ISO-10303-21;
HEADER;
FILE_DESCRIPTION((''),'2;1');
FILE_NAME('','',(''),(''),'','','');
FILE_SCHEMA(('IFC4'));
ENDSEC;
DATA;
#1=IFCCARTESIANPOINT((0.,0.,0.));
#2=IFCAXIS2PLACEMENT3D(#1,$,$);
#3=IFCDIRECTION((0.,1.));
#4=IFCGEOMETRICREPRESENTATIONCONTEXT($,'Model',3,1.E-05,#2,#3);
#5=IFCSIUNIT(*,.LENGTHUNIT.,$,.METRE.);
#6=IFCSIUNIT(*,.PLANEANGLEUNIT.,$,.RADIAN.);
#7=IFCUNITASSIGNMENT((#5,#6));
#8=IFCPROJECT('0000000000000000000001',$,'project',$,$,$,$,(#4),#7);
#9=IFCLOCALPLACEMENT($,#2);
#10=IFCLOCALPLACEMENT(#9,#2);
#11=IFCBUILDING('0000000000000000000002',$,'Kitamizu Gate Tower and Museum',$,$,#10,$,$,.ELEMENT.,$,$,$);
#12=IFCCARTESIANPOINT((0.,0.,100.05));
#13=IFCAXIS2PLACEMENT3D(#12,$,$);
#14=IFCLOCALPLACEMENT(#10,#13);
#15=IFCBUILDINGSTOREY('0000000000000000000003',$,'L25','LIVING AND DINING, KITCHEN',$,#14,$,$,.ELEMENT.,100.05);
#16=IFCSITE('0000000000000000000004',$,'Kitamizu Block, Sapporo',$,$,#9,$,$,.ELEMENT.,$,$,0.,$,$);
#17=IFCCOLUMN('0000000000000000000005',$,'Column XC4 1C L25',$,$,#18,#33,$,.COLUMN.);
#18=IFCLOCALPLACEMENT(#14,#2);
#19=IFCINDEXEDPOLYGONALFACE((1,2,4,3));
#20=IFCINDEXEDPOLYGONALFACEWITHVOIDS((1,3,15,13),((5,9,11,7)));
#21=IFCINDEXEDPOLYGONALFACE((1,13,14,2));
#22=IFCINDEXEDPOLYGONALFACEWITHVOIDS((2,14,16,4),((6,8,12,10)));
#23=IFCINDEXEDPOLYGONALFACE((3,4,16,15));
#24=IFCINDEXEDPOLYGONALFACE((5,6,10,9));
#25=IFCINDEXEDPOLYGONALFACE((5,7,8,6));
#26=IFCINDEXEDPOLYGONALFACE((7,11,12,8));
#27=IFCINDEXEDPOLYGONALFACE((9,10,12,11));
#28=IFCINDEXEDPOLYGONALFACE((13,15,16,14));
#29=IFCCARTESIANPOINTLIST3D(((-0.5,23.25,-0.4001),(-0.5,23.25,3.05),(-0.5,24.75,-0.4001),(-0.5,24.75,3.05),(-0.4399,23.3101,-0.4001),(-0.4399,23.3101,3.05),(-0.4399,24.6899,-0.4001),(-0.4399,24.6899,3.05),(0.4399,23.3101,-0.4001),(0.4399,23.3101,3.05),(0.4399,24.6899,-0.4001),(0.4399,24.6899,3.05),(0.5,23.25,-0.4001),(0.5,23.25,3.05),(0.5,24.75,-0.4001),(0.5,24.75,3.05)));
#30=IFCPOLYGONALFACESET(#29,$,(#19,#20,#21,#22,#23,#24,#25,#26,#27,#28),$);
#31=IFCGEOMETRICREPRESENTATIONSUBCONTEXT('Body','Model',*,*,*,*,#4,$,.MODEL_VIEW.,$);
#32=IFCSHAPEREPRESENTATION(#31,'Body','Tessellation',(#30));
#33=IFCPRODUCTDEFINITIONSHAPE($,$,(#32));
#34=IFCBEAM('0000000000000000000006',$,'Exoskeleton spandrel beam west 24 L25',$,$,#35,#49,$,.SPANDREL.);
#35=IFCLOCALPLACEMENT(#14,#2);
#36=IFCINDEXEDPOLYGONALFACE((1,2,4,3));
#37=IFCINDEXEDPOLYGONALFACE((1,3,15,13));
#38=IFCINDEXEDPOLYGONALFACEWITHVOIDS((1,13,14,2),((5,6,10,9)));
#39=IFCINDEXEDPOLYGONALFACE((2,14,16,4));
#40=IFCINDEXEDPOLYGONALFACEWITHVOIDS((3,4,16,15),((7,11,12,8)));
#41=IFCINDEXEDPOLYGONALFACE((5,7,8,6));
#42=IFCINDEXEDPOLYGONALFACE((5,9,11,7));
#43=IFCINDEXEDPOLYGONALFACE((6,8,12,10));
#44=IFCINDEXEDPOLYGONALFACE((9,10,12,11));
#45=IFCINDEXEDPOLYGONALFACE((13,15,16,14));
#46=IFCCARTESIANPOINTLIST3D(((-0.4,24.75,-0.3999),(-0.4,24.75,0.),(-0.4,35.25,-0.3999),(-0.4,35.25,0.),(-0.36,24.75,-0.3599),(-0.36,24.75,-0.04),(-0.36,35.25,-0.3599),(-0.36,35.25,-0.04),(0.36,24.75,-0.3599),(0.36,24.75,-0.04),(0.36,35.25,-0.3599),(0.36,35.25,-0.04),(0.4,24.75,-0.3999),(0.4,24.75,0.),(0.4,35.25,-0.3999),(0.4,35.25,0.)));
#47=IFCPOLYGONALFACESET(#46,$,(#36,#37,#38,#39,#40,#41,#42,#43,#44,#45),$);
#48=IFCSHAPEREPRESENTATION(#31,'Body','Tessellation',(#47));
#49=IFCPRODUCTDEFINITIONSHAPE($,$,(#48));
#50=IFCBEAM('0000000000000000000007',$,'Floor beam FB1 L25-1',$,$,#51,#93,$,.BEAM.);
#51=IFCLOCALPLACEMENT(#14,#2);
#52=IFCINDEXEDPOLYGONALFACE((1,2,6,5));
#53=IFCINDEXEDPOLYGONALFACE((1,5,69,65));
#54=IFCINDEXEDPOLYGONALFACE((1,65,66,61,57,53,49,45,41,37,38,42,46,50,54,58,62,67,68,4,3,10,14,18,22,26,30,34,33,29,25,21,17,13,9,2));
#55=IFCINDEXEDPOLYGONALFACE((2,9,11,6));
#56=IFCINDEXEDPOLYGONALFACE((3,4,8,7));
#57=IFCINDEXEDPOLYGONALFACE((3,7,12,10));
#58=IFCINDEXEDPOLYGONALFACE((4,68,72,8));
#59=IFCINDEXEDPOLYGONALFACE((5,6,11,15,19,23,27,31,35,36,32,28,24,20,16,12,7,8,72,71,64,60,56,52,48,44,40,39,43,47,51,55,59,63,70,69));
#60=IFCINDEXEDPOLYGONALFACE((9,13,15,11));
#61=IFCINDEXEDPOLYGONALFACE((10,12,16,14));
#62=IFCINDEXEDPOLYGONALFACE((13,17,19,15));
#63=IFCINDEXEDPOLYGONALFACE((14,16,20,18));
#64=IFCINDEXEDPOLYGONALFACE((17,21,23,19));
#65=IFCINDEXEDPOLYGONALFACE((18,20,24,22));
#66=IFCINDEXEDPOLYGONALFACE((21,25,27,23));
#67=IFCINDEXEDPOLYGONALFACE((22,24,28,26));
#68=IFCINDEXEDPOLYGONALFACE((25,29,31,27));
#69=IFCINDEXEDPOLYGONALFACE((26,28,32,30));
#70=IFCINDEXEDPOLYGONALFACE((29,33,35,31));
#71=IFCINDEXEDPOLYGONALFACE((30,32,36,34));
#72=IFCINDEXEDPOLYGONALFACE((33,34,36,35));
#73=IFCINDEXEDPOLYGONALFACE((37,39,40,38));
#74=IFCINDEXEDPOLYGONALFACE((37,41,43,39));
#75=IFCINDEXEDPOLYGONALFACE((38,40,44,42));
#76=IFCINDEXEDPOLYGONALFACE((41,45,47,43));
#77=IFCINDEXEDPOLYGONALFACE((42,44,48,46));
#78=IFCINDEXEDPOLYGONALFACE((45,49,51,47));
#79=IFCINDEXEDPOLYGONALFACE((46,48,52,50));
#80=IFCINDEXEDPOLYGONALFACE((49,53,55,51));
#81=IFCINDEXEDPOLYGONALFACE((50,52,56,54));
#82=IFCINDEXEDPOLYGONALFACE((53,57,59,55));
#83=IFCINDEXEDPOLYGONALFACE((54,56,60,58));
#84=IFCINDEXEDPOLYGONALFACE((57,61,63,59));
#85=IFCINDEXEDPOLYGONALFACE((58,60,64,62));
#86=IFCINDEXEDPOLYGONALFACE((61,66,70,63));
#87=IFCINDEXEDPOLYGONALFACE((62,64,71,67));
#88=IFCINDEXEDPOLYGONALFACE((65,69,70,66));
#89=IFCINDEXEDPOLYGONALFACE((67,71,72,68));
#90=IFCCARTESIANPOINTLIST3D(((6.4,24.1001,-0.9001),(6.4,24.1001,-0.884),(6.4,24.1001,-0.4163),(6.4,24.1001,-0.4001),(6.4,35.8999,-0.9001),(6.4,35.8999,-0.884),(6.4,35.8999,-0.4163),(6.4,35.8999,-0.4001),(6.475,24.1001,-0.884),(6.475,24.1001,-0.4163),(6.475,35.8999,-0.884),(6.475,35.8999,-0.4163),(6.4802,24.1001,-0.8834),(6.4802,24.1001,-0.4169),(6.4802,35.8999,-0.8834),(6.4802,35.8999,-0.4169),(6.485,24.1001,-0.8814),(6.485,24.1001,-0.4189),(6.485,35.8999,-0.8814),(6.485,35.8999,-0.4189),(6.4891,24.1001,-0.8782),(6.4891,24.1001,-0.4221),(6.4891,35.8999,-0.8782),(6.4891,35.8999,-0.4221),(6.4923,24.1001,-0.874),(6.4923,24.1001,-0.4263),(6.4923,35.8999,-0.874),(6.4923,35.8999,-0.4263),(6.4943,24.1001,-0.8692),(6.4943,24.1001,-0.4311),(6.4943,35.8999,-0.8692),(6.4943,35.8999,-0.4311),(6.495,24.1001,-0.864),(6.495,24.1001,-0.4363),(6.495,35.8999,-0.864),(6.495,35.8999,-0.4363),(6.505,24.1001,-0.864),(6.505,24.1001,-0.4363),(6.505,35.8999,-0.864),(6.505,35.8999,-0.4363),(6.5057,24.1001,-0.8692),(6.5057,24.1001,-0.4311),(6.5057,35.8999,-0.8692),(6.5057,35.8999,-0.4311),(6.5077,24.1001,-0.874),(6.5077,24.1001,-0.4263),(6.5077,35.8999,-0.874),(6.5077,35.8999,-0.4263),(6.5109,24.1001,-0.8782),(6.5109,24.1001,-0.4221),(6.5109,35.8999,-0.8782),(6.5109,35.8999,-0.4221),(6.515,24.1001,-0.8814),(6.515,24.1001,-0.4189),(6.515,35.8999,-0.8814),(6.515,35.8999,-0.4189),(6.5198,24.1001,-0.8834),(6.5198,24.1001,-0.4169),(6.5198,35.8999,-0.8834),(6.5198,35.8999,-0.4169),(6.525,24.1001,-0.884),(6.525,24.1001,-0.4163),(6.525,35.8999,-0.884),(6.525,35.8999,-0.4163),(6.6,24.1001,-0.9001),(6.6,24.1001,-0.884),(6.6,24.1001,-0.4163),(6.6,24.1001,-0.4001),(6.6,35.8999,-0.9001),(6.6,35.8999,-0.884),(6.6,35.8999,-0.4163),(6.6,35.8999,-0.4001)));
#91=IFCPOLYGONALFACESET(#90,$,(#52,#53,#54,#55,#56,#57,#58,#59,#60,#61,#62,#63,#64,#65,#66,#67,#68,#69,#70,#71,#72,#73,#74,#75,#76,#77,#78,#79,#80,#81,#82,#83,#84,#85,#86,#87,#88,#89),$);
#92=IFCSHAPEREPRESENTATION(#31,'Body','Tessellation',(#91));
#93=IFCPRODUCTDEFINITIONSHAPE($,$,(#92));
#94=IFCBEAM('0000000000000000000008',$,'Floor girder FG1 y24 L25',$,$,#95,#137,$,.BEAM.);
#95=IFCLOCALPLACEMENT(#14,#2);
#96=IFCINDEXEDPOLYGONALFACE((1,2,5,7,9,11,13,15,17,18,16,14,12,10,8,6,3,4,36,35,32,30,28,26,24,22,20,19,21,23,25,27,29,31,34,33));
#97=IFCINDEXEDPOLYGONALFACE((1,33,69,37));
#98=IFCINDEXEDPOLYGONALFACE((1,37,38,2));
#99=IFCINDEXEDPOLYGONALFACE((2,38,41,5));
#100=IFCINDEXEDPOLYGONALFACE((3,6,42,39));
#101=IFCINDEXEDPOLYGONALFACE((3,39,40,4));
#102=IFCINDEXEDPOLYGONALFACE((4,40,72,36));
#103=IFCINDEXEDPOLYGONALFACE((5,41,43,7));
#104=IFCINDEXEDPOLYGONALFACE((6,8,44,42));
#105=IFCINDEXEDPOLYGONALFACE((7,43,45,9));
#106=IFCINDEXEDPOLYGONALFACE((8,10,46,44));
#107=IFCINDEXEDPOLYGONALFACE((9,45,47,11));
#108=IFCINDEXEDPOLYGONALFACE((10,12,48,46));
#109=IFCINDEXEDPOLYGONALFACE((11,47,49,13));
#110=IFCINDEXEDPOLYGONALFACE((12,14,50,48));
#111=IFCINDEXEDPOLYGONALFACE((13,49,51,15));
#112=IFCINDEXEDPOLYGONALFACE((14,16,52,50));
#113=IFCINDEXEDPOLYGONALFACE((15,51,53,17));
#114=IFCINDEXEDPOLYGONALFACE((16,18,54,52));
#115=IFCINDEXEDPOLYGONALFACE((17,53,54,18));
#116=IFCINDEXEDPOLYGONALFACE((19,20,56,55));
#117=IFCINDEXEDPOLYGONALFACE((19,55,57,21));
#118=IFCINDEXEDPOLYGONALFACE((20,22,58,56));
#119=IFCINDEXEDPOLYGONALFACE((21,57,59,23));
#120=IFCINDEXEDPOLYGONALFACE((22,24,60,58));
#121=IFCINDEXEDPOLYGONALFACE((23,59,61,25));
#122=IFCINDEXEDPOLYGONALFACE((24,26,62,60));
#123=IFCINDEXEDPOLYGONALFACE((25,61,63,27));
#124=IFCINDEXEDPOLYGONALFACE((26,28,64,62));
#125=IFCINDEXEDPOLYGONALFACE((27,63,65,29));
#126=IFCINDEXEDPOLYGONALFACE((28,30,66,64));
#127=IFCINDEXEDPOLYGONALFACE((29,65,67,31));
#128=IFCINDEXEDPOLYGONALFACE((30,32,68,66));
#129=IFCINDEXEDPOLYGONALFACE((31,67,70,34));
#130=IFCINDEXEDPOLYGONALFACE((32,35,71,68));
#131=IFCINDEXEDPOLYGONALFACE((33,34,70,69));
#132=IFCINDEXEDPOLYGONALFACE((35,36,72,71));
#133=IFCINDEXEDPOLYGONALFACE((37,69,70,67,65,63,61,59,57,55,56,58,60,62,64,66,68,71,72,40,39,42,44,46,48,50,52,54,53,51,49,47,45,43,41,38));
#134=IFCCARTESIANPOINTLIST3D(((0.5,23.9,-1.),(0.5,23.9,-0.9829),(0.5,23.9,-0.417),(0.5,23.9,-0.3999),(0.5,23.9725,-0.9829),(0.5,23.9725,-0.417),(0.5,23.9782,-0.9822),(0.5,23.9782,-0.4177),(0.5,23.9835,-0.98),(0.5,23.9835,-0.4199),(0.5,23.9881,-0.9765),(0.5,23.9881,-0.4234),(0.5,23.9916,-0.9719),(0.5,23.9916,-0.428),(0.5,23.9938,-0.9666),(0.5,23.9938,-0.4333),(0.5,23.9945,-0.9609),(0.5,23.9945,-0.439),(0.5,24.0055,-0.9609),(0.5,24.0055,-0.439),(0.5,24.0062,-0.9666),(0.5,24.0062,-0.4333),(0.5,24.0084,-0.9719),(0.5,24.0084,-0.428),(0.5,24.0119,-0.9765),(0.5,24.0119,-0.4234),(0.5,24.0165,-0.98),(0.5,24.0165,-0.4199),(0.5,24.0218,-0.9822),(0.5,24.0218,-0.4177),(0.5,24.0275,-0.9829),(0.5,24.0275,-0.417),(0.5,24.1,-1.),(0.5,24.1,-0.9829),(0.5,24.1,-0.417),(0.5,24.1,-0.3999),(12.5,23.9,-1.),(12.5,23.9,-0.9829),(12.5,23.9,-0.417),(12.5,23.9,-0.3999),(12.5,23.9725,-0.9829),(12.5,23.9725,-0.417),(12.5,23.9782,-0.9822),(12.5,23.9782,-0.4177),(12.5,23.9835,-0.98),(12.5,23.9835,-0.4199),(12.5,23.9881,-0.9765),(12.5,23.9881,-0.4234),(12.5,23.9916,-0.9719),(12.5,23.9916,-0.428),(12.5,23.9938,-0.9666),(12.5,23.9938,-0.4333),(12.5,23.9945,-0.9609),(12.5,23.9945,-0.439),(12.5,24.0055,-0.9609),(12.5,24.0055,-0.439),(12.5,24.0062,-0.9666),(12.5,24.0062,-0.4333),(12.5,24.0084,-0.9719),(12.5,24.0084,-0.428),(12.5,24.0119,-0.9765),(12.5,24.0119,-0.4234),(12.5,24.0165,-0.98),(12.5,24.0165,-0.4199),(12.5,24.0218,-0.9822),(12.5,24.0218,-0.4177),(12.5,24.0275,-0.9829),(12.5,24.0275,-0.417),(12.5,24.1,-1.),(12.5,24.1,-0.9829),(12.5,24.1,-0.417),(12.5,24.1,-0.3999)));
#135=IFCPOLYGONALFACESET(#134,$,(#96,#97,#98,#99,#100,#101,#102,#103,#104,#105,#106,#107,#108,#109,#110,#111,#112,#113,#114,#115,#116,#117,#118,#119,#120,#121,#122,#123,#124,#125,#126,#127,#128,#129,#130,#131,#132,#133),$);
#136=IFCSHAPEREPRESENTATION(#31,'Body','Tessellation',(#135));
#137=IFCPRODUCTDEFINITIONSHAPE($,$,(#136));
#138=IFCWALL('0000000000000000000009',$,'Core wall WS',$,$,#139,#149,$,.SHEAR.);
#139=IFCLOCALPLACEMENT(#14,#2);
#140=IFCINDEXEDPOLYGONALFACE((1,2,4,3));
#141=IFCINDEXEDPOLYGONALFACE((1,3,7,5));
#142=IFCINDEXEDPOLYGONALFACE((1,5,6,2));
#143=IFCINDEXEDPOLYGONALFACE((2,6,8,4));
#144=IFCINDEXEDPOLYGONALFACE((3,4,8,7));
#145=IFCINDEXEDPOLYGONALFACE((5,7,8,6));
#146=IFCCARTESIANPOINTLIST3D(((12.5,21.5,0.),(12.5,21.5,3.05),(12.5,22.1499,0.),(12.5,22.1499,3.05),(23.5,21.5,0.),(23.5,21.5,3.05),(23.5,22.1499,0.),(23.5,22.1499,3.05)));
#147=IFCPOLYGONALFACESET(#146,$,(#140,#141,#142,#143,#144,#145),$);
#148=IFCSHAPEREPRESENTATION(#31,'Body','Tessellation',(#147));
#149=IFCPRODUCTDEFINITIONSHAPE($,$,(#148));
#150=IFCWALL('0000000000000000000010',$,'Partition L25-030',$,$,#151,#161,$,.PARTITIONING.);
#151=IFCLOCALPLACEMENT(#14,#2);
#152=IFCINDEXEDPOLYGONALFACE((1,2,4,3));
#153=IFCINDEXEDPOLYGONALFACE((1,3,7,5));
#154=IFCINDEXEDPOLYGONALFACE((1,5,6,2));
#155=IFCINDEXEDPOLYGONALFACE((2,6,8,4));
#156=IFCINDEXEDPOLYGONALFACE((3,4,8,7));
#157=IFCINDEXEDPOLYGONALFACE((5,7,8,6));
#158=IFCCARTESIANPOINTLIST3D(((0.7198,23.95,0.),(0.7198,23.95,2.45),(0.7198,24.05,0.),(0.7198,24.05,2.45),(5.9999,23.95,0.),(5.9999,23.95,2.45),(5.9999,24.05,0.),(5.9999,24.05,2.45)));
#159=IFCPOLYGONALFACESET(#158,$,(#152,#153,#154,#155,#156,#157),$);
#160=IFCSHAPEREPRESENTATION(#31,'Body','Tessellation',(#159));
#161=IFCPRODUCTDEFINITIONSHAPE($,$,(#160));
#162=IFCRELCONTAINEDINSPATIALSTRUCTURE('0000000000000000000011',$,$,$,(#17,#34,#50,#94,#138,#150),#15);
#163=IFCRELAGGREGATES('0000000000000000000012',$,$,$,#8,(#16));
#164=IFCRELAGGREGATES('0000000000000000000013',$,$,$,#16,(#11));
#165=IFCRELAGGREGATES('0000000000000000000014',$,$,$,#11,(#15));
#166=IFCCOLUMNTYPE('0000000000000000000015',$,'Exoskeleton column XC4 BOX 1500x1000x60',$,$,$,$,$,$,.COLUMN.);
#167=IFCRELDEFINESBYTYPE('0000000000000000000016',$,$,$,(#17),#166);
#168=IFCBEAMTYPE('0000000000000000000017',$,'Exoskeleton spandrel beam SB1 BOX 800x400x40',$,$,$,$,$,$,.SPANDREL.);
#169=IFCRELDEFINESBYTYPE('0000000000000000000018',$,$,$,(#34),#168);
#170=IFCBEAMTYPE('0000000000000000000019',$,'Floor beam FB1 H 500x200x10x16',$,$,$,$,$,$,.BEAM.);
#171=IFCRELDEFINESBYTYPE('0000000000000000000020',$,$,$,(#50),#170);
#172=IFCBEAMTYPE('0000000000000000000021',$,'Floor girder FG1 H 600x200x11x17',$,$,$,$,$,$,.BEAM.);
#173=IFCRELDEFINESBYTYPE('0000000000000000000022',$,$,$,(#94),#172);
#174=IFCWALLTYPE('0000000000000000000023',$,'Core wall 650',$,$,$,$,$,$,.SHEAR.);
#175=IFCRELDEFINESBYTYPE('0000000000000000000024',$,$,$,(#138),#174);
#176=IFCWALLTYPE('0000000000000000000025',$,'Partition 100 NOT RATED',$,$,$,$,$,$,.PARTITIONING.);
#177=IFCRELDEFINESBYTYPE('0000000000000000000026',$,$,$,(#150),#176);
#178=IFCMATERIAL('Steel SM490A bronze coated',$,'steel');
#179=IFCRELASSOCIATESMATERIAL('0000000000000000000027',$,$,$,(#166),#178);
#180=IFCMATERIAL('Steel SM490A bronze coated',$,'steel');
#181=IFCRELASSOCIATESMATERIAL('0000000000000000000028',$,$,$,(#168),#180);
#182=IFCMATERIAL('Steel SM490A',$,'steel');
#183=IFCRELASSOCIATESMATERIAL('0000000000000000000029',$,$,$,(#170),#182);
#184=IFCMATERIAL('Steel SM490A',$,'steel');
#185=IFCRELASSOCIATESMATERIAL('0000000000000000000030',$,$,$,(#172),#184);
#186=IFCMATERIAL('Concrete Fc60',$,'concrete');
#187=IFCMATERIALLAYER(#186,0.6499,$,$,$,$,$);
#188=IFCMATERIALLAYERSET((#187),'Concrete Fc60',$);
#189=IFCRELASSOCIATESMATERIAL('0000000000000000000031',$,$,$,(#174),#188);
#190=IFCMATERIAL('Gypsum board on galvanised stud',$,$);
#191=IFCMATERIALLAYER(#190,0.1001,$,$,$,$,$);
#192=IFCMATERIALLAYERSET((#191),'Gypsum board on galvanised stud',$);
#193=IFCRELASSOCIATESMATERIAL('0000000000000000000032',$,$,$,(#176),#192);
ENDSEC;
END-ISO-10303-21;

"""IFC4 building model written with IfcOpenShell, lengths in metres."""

from ifc_helpers import new_model, si_unit, direction, frame, frame_2d, origin, origin_2d, place, context, subcontext, project, spatial, rectangle, hollow_rectangle, i_section, extrude, material, layer, layer_set, material_profile, profile_set, type_object, element, save


model = new_model("IFC4")

# Units and contexts
model_context = context("Model", 3, precision=1e-05, world=origin(), true_north=direction((0.0, 1.0)))
body_context = subcontext(model_context, "Body", "Model", "MODEL_VIEW")
ifc_project = project(units=[si_unit("LENGTHUNIT", "METRE"), si_unit("PLANEANGLEUNIT", "RADIAN")], contexts=[model_context])

# Site, building, storey
site_placement = place(None, origin())
site = spatial("IfcSite", under=ifc_project, at=site_placement, Name="Kitamizu Block, Sapporo", CompositionType="ELEMENT", RefElevation=0.0)
building_placement = place(site_placement, origin())
building = spatial("IfcBuilding", under=site, at=building_placement, Name="Kitamizu Gate Tower and Museum", CompositionType="ELEMENT")
storey_placement = place(building_placement, frame((0.0, 0.0, 100.05)))
storey = spatial("IfcBuildingStorey", under=building, at=storey_placement, Name="L25", Description="LIVING AND DINING, KITCHEN", CompositionType="ELEMENT", Elevation=100.05)

# Column
ifc_material_1 = material(Name="Steel SM490A bronze coated", Category="steel")
ifc_material_profile_1 = material_profile(ifc_material_1, hollow_rectangle(XDim=1.5, YDim=1.0, WallThickness=0.0601, at=origin_2d()), Name="BOX 1500x1000x60")
ifc_profile_set_1 = profile_set([ifc_material_profile_1], Name="Steel SM490A bronze coated")
column_type = type_object("IfcColumnType", Name="Exoskeleton column XC4 BOX 1500x1000x60", PredefinedType="COLUMN", material=ifc_profile_set_1)
column_placement = place(storey_placement, frame((0.0, 24.0, -0.4001), z_axis=(0.0, 0.0, 1.0), x_axis=(0.0, 1.0, 0.0)))
element("IfcColumn", 1, at=column_placement, inside=storey, type_object=column_type, Name="Column XC4 1C L25", PredefinedType="COLUMN", context=body_context, shape_type="SweptSolid", body=[
    extrude(hollow_rectangle(XDim=1.5, YDim=1.0, WallThickness=0.0601, at=origin_2d()), origin(), (0.0, 0.0, 1.0), 3.4502),
])

# Beams
ifc_material_2 = material(Name="Steel SM490A bronze coated", Category="steel")
ifc_material_profile_2 = material_profile(ifc_material_2, hollow_rectangle(XDim=0.8, YDim=0.3999, WallThickness=0.04, at=origin_2d()), Name="BOX 800x400x40")
ifc_profile_set_2 = profile_set([ifc_material_profile_2], Name="Steel SM490A bronze coated")
beam_type_1 = type_object("IfcBeamType", Name="Exoskeleton spandrel beam SB1 BOX 800x400x40", PredefinedType="SPANDREL", material=ifc_profile_set_2)
beam_1_placement = place(storey_placement, frame((0.0, 24.75, -0.2), z_axis=(0.0, 1.0, 0.0), x_axis=(-1.0, 0.0, 0.0)))
element("IfcBeam", 2, at=beam_1_placement, inside=storey, type_object=beam_type_1, Name="Exoskeleton spandrel beam west 24 L25", PredefinedType="SPANDREL", context=body_context, shape_type="SweptSolid", body=[
    extrude(hollow_rectangle(XDim=0.8, YDim=0.3999, WallThickness=0.04, at=origin_2d()), origin(), (0.0, 0.0, 1.0), 10.5),
])
ifc_material_3 = material(Name="Steel SM490A", Category="steel")
ifc_material_profile_3 = material_profile(ifc_material_3, i_section(OverallWidth=0.2, OverallDepth=0.5, WebThickness=0.01, FlangeThickness=0.0161, FilletRadius=0.02, at=origin_2d()), Name="H-500x200x10x16")
ifc_profile_set_3 = profile_set([ifc_material_profile_3], Name="Steel SM490A")
beam_type_2 = type_object("IfcBeamType", Name="Floor beam FB1 H 500x200x10x16", PredefinedType="BEAM", material=ifc_profile_set_3)
beam_2_placement = place(storey_placement, frame((6.5, 24.1001, -0.6501), z_axis=(0.0, 1.0, 0.0), x_axis=(-1.0, 0.0, 0.0)))
element("IfcBeam", 3, at=beam_2_placement, inside=storey, type_object=beam_type_2, Name="Floor beam FB1 L25-1", PredefinedType="BEAM", context=body_context, shape_type="SweptSolid", body=[
    extrude(i_section(OverallWidth=0.2, OverallDepth=0.5, WebThickness=0.01, FlangeThickness=0.0161, FilletRadius=0.02, at=origin_2d()), origin(), (0.0, 0.0, 1.0), 11.7998),
])
ifc_material_4 = material(Name="Steel SM490A", Category="steel")
ifc_material_profile_4 = material_profile(ifc_material_4, i_section(OverallWidth=0.2, OverallDepth=0.6001, WebThickness=0.011, FlangeThickness=0.0171, FilletRadius=0.022, at=origin_2d()), Name="H-600x200x11x17")
ifc_profile_set_4 = profile_set([ifc_material_profile_4], Name="Steel SM490A")
beam_type_3 = type_object("IfcBeamType", Name="Floor girder FG1 H 600x200x11x17", PredefinedType="BEAM", material=ifc_profile_set_4)
beam_3_placement = place(storey_placement, frame((0.5, 24.0, -0.7), z_axis=(1.0, 0.0, 0.0), x_axis=(0.0, 1.0, 0.0)))
element("IfcBeam", 4, at=beam_3_placement, inside=storey, type_object=beam_type_3, Name="Floor girder FG1 y24 L25", PredefinedType="BEAM", context=body_context, shape_type="SweptSolid", body=[
    extrude(i_section(OverallWidth=0.2, OverallDepth=0.6001, WebThickness=0.011, FlangeThickness=0.0171, FilletRadius=0.022, at=origin_2d()), origin(), (0.0, 0.0, 1.0), 12.0),
])

# Walls
ifc_material_5 = material(Name="Concrete Fc60", Category="concrete")
ifc_layer_1 = layer(ifc_material_5, 0.6499)
ifc_layer_set_1 = layer_set([ifc_layer_1], Name="Concrete Fc60")
wall_type_1 = type_object("IfcWallType", Name="Core wall 650", PredefinedType="SHEAR", material=ifc_layer_set_1)
wall_1_placement = place(storey_placement, frame((12.5, 21.825, 0.0), z_axis=(0.0, 0.0, 1.0), x_axis=(1.0, 0.0, 0.0)))
element("IfcWall", 5, at=wall_1_placement, inside=storey, type_object=wall_type_1, Name="Core wall WS", PredefinedType="SHEAR", context=body_context, shape_type="SweptSolid", body=[
    extrude(rectangle(XDim=11.0, YDim=0.6499, at=frame_2d((5.5, 0.0))), origin(), (0.0, 0.0, 1.0), 3.05),
])
ifc_material_6 = material(Name="Gypsum board on galvanised stud")
ifc_layer_2 = layer(ifc_material_6, 0.1001)
ifc_layer_set_2 = layer_set([ifc_layer_2], Name="Gypsum board on galvanised stud")
wall_type_2 = type_object("IfcWallType", Name="Partition 100 NOT RATED", PredefinedType="PARTITIONING", material=ifc_layer_set_2)
wall_2_placement = place(storey_placement, frame((6.0, 24.0, 0.0), z_axis=(0.0, 0.0, 1.0), x_axis=(-1.0, 0.0, 0.0)))
element("IfcWall", 6, at=wall_2_placement, inside=storey, type_object=wall_type_2, Name="Partition L25-030", PredefinedType="PARTITIONING", context=body_context, shape_type="SweptSolid", body=[
    extrude(rectangle(XDim=5.28, YDim=0.1001, at=frame_2d((2.6401, 0.0))), origin(), (0.0, 0.0, 1.0), 2.45),
])

save(model, "model.ifc")
